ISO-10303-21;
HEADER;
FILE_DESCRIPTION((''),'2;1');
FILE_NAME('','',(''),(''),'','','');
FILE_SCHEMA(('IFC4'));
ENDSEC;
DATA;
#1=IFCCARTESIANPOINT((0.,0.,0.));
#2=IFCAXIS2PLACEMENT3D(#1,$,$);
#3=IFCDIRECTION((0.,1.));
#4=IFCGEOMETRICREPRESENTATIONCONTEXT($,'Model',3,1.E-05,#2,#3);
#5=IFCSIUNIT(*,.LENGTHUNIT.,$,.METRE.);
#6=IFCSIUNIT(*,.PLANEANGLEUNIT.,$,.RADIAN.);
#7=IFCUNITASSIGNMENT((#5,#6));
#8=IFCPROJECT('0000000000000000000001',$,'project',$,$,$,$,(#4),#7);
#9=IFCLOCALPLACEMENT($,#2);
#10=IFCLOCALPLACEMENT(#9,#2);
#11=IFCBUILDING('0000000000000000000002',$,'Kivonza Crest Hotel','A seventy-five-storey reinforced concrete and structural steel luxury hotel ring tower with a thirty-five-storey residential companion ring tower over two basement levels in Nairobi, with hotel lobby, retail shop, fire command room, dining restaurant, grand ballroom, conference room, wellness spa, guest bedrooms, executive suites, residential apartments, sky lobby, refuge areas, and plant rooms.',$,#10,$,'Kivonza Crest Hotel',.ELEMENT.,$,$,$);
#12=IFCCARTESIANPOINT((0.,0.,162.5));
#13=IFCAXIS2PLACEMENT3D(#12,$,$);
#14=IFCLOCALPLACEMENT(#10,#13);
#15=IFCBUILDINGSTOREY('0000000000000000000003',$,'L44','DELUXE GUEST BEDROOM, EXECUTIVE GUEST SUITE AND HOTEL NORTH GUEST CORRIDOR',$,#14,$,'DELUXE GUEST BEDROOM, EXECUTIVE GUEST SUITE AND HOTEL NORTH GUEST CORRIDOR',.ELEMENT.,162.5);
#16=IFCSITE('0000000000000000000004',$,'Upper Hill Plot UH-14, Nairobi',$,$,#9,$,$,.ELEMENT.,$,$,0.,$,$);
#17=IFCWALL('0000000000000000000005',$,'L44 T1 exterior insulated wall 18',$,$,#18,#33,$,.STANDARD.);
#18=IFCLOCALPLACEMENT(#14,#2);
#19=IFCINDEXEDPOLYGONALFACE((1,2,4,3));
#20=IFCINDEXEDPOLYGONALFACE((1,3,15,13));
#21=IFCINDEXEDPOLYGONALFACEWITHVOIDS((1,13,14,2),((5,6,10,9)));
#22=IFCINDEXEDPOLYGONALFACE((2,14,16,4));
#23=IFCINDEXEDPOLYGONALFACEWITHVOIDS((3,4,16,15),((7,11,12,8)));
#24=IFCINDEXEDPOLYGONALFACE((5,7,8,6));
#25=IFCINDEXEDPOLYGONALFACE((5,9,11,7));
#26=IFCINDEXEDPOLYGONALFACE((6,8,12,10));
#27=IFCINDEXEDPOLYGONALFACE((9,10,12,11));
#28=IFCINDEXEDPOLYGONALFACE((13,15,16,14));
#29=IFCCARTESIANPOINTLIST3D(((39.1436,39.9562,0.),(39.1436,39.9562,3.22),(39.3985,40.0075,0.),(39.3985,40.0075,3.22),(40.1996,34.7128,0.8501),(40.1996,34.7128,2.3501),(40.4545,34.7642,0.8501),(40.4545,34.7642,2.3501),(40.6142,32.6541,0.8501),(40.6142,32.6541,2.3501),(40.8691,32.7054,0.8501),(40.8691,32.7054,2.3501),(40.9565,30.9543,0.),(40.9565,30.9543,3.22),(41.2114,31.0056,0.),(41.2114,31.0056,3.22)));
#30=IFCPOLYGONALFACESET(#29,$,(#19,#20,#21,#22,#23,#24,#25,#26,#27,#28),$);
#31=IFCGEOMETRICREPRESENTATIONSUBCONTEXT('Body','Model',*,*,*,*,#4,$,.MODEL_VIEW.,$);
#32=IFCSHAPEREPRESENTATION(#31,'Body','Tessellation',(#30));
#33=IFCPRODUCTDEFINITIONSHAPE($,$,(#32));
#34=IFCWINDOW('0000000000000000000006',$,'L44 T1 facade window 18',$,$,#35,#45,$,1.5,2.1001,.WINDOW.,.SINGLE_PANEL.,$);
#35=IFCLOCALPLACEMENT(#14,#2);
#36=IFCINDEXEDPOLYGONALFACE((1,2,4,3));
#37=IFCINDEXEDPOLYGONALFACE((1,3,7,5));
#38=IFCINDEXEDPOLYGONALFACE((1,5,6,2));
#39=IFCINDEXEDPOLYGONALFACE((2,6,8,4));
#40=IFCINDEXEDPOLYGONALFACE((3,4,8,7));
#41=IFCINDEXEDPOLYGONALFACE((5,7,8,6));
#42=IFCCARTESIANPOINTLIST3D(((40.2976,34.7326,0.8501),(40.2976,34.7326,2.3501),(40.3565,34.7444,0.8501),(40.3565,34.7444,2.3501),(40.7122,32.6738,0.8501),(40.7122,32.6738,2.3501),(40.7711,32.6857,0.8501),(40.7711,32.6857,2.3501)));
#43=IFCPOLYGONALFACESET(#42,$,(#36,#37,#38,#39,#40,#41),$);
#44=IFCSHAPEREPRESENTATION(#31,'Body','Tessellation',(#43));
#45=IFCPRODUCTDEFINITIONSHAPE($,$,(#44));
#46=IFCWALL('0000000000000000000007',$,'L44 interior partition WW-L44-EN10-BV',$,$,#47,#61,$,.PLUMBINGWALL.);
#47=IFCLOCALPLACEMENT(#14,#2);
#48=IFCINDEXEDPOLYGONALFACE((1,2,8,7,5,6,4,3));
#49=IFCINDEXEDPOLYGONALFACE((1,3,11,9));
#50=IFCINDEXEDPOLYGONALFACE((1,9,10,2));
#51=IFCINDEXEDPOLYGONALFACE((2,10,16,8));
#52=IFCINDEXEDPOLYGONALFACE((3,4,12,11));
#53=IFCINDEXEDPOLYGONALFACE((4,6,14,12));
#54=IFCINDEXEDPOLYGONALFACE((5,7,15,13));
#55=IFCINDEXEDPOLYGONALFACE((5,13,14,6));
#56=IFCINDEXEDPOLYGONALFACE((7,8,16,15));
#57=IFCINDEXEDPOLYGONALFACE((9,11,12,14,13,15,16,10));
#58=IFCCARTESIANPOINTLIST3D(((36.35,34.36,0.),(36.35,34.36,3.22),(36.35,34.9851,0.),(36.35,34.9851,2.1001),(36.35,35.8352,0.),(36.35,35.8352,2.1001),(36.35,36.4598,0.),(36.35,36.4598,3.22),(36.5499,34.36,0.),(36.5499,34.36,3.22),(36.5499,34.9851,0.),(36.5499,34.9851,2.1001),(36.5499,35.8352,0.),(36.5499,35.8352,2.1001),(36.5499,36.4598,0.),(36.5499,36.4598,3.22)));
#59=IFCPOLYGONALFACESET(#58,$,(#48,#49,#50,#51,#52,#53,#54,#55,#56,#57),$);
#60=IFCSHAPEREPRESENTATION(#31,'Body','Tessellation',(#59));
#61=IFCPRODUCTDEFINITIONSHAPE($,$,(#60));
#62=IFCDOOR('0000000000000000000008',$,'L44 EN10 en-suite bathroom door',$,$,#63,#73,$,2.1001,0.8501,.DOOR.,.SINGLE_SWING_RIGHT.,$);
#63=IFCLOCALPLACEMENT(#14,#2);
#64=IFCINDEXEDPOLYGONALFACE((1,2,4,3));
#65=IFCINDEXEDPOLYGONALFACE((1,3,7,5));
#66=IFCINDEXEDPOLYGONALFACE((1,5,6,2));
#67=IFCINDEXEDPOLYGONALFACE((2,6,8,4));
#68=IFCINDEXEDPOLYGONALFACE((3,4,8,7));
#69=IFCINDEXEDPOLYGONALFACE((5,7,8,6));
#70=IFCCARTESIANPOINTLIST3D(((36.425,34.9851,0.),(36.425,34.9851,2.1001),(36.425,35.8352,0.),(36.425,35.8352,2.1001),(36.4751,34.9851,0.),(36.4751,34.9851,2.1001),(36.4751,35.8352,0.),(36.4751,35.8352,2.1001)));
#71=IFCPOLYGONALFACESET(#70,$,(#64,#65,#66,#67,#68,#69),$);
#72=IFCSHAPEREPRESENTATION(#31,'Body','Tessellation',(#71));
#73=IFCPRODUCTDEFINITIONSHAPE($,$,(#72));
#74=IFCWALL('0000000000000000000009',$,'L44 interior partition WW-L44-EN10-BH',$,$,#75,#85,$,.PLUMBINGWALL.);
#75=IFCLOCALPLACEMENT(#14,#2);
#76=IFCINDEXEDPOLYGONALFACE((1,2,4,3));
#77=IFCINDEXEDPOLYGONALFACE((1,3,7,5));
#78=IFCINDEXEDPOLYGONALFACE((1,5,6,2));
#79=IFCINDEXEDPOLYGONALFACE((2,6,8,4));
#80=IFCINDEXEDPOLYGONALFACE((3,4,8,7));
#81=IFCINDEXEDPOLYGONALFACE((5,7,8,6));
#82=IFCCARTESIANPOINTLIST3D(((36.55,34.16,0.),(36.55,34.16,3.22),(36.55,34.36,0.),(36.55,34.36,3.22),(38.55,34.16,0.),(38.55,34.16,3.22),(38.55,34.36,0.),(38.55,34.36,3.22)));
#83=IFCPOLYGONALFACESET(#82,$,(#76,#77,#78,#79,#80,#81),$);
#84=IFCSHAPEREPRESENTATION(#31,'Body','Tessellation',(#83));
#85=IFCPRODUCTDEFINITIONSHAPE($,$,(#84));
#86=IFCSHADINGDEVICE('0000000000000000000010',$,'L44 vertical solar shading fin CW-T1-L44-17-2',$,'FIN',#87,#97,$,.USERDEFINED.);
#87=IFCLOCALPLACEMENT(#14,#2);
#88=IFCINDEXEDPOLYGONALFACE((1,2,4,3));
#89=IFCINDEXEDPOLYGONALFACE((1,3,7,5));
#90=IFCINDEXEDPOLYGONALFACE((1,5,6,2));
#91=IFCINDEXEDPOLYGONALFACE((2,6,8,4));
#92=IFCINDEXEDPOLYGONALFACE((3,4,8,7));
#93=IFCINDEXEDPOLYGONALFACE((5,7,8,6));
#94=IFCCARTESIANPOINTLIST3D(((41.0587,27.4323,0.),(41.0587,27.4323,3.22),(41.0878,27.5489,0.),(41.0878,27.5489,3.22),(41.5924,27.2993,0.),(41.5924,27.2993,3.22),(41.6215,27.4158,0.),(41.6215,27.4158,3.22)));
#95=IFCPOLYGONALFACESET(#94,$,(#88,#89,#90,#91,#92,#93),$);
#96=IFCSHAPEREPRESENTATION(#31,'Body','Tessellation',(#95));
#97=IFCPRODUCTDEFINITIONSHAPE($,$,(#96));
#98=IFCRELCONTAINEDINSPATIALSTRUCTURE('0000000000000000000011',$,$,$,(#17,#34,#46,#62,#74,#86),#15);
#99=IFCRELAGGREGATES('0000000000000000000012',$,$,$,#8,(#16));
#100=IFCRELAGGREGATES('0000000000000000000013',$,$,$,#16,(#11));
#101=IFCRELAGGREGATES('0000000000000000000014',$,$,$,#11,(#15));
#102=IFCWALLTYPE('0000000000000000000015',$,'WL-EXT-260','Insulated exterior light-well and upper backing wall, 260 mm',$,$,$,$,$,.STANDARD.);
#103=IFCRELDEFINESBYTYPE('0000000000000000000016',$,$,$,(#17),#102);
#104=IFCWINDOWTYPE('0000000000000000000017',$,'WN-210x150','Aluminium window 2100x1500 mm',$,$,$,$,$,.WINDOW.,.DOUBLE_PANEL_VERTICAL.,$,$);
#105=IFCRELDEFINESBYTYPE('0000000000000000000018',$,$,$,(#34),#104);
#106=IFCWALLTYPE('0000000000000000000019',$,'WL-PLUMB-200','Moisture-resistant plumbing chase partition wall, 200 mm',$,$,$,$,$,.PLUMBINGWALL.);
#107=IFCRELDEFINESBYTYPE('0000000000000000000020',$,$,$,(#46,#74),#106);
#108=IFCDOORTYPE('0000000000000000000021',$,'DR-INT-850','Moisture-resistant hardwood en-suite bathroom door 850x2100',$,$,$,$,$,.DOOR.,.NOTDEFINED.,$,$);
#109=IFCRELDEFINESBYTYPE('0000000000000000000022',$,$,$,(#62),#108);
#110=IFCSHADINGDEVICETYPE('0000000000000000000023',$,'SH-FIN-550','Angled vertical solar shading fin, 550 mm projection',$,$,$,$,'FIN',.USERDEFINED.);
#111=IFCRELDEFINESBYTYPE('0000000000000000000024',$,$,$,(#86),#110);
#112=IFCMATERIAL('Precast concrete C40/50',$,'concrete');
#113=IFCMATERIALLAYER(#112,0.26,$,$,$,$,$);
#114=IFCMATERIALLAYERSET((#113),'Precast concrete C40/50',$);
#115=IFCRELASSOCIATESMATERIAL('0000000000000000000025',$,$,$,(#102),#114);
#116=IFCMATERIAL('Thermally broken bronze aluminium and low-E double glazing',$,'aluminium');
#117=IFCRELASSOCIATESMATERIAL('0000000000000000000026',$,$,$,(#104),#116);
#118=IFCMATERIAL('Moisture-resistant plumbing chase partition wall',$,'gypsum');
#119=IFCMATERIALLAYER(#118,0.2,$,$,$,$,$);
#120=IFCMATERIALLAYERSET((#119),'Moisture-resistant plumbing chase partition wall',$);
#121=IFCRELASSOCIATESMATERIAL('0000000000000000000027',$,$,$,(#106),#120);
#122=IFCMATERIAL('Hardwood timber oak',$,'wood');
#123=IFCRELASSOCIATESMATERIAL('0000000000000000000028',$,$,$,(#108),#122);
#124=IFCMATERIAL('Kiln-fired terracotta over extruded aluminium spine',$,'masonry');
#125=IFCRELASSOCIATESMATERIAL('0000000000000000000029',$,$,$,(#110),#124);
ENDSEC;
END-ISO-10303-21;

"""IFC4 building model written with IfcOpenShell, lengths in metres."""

from ifc_helpers import new_model, si_unit, direction, frame, frame_2d, origin, origin_2d, place, context, subcontext, project, spatial, rectangle, extrude, material, layer, layer_set, type_object, element, fill, save


model = new_model("IFC4")

# Units and contexts
model_context = context("Model", 3, precision=1e-05, world=origin(), true_north=direction((0.0, 1.0)))
body_context = subcontext(model_context, "Body", "Model", "MODEL_VIEW")
ifc_project = project(units=[si_unit("LENGTHUNIT", "METRE"), si_unit("PLANEANGLEUNIT", "RADIAN")], contexts=[model_context])

# Site, building, storey
site_placement = place(None, origin())
site = spatial("IfcSite", under=ifc_project, at=site_placement, Name="Upper Hill Plot UH-14, Nairobi", CompositionType="ELEMENT", RefElevation=0.0)
building_placement = place(site_placement, origin())
building = spatial("IfcBuilding", under=site, at=building_placement, Name="Kivonza Crest Hotel", Description="A seventy-five-storey reinforced concrete and structural steel luxury hotel ring tower with a thirty-five-storey residential companion ring tower over two basement levels in Nairobi, with hotel lobby, retail shop, fire command room, dining restaurant, grand ballroom, conference room, wellness spa, guest bedrooms, executive suites, residential apartments, sky lobby, refuge areas, and plant rooms.", LongName="Kivonza Crest Hotel", CompositionType="ELEMENT")
storey_placement = place(building_placement, frame((0.0, 0.0, 162.5)))
storey = spatial("IfcBuildingStorey", under=building, at=storey_placement, Name="L44", Description="DELUXE GUEST BEDROOM, EXECUTIVE GUEST SUITE AND HOTEL NORTH GUEST CORRIDOR", LongName="DELUXE GUEST BEDROOM, EXECUTIVE GUEST SUITE AND HOTEL NORTH GUEST CORRIDOR", CompositionType="ELEMENT", Elevation=162.5)

# Wall, opening, window
ifc_material_1 = material(Name="Precast concrete C40/50", Category="concrete")
ifc_layer_1 = layer(ifc_material_1, 0.26)
ifc_layer_set_1 = layer_set([ifc_layer_1], Name="Precast concrete C40/50")
wall_type_1 = type_object("IfcWallType", Name="WL-EXT-260", Description="Insulated exterior light-well and upper backing wall, 260 mm", PredefinedType="STANDARD", material=ifc_layer_set_1)
wall_1_placement = place(storey_placement, frame((41.084, 30.98, 0.0), z_axis=(0.0, 0.0, 1.0), x_axis=(-0.197435, 0.980316, 0.0)))
wall_1 = element("IfcWall", 1, at=wall_1_placement, inside=storey, type_object=wall_type_1, Name="L44 T1 exterior insulated wall 18", PredefinedType="STANDARD", context=body_context, shape_type="SweptSolid", body=[
    extrude(rectangle(XDim=9.1826, YDim=0.26, at=frame_2d((4.5913, 0.0))), origin(), (0.0, 0.0, 1.0), 3.22),
])
opening_1_placement = place(wall_1_placement, frame((1.7339, 0.0, 0.8501)))
opening_1 = element("IfcOpeningElement", 2, at=opening_1_placement, cuts=wall_1, PredefinedType="OPENING", context=body_context, shape_type="SweptSolid", body=[
    extrude(rectangle(XDim=2.1001, YDim=1.5, at=frame_2d((1.05, 0.75))), frame((0.0, 0.1401, 0.0), z_axis=(0.0, -1.0, 0.0), x_axis=(1.0, 0.0, 0.0)), (0.0, 0.0, 1.0), 0.28),
])
ifc_material_2 = material(Name="Thermally broken bronze aluminium and low-E double glazing", Category="aluminium")
window_type = type_object("IfcWindowType", Name="WN-210x150", Description="Aluminium window 2100x1500 mm", PartitioningType="DOUBLE_PANEL_VERTICAL", PredefinedType="WINDOW", material=ifc_material_2)
window_placement = place(opening_1_placement, origin())
window = element("IfcWindow", 3, at=window_placement, inside=storey, type_object=window_type, Name="L44 T1 facade window 18", OverallHeight=1.5, OverallWidth=2.1001, PartitioningType="SINGLE_PANEL", PredefinedType="WINDOW", context=body_context, shape_type="SweptSolid", body=[
    extrude(rectangle(XDim=2.1001, YDim=1.5, at=frame_2d((1.05, 0.75))), frame((0.0, 0.03, 0.0), z_axis=(0.0, -1.0, 0.0), x_axis=(1.0, 0.0, 0.0)), (0.0, 0.0, 1.0), 0.0601),
])
fill(opening_1, window)

# Wall, opening, door
ifc_material_3 = material(Name="Moisture-resistant plumbing chase partition wall", Category="gypsum")
ifc_layer_2 = layer(ifc_material_3, 0.2)
ifc_layer_set_2 = layer_set([ifc_layer_2], Name="Moisture-resistant plumbing chase partition wall")
wall_type_2 = type_object("IfcWallType", Name="WL-PLUMB-200", Description="Moisture-resistant plumbing chase partition wall, 200 mm", PredefinedType="PLUMBINGWALL", material=ifc_layer_set_2)
wall_2_placement = place(storey_placement, frame((36.45, 34.3601, 0.0), z_axis=(0.0, 0.0, 1.0), x_axis=(0.0, 1.0, 0.0)))
wall_2 = element("IfcWall", 4, at=wall_2_placement, inside=storey, type_object=wall_type_2, Name="L44 interior partition WW-L44-EN10-BV", PredefinedType="PLUMBINGWALL", context=body_context, shape_type="SweptSolid", body=[
    extrude(rectangle(XDim=2.0999, YDim=0.2, at=frame_2d((1.0498, 0.0))), origin(), (0.0, 0.0, 1.0), 3.22),
])
opening_2_placement = place(wall_2_placement, frame((0.625, 0.0, 0.0)))
opening_2 = element("IfcOpeningElement", 5, at=opening_2_placement, cuts=wall_2, PredefinedType="OPENING", context=body_context, shape_type="SweptSolid", body=[
    extrude(rectangle(XDim=0.8501, YDim=2.1001, at=frame_2d((0.425, 1.05))), frame((0.0, 0.1099, 0.0), z_axis=(0.0, -1.0, 0.0), x_axis=(1.0, 0.0, 0.0)), (0.0, 0.0, 1.0), 0.22),
])
ifc_material_4 = material(Name="Hardwood timber oak", Category="wood")
door_type = type_object("IfcDoorType", Name="DR-INT-850", Description="Moisture-resistant hardwood en-suite bathroom door 850x2100", OperationType="NOTDEFINED", PredefinedType="DOOR", material=ifc_material_4)
door_placement = place(opening_2_placement, origin())
door = element("IfcDoor", 6, at=door_placement, inside=storey, type_object=door_type, Name="L44 EN10 en-suite bathroom door", OperationType="SINGLE_SWING_RIGHT", OverallHeight=2.1001, OverallWidth=0.8501, PredefinedType="DOOR", context=body_context, shape_type="SweptSolid", body=[
    extrude(rectangle(XDim=0.8501, YDim=2.1001, at=frame_2d((0.425, 1.05))), frame((0.0, 0.0249, 0.0), z_axis=(0.0, -1.0, 0.0), x_axis=(1.0, 0.0, 0.0)), (0.0, 0.0, 1.0), 0.05),
])
fill(opening_2, door)

# Wall
wall_3_placement = place(storey_placement, frame((36.55, 34.26, 0.0), z_axis=(0.0, 0.0, 1.0), x_axis=(1.0, 0.0, 0.0)))
element("IfcWall", 7, at=wall_3_placement, inside=storey, type_object=wall_type_2, Name="L44 interior partition WW-L44-EN10-BH", PredefinedType="PLUMBINGWALL", context=body_context, shape_type="SweptSolid", body=[
    extrude(rectangle(XDim=2.0, YDim=0.2, at=frame_2d((1.0, 0.0))), origin(), (0.0, 0.0, 1.0), 3.22),
])

# Shading device
ifc_material_5 = material(Name="Kiln-fired terracotta over extruded aluminium spine", Category="masonry")
shading_device_type = type_object("IfcShadingDeviceType", Name="SH-FIN-550", Description="Angled vertical solar shading fin, 550 mm projection", ElementType="FIN", PredefinedType="USERDEFINED", material=ifc_material_5)
shading_device_placement = place(storey_placement, frame((41.3401, 27.4241, 0.0), z_axis=(0.0, 0.0, 1.0), x_axis=(0.241922, 0.970296, 0.0)))
element("IfcShadingDevice", 8, at=shading_device_placement, inside=storey, type_object=shading_device_type, Name="L44 vertical solar shading fin CW-T1-L44-17-2", ObjectType="FIN", PredefinedType="USERDEFINED", context=body_context, shape_type="SweptSolid", body=[
    extrude(rectangle(XDim=0.1201, YDim=0.55, at=origin_2d()), origin(), (0.0, 0.0, 1.0), 3.22),
])

save(model, "model.ifc")
